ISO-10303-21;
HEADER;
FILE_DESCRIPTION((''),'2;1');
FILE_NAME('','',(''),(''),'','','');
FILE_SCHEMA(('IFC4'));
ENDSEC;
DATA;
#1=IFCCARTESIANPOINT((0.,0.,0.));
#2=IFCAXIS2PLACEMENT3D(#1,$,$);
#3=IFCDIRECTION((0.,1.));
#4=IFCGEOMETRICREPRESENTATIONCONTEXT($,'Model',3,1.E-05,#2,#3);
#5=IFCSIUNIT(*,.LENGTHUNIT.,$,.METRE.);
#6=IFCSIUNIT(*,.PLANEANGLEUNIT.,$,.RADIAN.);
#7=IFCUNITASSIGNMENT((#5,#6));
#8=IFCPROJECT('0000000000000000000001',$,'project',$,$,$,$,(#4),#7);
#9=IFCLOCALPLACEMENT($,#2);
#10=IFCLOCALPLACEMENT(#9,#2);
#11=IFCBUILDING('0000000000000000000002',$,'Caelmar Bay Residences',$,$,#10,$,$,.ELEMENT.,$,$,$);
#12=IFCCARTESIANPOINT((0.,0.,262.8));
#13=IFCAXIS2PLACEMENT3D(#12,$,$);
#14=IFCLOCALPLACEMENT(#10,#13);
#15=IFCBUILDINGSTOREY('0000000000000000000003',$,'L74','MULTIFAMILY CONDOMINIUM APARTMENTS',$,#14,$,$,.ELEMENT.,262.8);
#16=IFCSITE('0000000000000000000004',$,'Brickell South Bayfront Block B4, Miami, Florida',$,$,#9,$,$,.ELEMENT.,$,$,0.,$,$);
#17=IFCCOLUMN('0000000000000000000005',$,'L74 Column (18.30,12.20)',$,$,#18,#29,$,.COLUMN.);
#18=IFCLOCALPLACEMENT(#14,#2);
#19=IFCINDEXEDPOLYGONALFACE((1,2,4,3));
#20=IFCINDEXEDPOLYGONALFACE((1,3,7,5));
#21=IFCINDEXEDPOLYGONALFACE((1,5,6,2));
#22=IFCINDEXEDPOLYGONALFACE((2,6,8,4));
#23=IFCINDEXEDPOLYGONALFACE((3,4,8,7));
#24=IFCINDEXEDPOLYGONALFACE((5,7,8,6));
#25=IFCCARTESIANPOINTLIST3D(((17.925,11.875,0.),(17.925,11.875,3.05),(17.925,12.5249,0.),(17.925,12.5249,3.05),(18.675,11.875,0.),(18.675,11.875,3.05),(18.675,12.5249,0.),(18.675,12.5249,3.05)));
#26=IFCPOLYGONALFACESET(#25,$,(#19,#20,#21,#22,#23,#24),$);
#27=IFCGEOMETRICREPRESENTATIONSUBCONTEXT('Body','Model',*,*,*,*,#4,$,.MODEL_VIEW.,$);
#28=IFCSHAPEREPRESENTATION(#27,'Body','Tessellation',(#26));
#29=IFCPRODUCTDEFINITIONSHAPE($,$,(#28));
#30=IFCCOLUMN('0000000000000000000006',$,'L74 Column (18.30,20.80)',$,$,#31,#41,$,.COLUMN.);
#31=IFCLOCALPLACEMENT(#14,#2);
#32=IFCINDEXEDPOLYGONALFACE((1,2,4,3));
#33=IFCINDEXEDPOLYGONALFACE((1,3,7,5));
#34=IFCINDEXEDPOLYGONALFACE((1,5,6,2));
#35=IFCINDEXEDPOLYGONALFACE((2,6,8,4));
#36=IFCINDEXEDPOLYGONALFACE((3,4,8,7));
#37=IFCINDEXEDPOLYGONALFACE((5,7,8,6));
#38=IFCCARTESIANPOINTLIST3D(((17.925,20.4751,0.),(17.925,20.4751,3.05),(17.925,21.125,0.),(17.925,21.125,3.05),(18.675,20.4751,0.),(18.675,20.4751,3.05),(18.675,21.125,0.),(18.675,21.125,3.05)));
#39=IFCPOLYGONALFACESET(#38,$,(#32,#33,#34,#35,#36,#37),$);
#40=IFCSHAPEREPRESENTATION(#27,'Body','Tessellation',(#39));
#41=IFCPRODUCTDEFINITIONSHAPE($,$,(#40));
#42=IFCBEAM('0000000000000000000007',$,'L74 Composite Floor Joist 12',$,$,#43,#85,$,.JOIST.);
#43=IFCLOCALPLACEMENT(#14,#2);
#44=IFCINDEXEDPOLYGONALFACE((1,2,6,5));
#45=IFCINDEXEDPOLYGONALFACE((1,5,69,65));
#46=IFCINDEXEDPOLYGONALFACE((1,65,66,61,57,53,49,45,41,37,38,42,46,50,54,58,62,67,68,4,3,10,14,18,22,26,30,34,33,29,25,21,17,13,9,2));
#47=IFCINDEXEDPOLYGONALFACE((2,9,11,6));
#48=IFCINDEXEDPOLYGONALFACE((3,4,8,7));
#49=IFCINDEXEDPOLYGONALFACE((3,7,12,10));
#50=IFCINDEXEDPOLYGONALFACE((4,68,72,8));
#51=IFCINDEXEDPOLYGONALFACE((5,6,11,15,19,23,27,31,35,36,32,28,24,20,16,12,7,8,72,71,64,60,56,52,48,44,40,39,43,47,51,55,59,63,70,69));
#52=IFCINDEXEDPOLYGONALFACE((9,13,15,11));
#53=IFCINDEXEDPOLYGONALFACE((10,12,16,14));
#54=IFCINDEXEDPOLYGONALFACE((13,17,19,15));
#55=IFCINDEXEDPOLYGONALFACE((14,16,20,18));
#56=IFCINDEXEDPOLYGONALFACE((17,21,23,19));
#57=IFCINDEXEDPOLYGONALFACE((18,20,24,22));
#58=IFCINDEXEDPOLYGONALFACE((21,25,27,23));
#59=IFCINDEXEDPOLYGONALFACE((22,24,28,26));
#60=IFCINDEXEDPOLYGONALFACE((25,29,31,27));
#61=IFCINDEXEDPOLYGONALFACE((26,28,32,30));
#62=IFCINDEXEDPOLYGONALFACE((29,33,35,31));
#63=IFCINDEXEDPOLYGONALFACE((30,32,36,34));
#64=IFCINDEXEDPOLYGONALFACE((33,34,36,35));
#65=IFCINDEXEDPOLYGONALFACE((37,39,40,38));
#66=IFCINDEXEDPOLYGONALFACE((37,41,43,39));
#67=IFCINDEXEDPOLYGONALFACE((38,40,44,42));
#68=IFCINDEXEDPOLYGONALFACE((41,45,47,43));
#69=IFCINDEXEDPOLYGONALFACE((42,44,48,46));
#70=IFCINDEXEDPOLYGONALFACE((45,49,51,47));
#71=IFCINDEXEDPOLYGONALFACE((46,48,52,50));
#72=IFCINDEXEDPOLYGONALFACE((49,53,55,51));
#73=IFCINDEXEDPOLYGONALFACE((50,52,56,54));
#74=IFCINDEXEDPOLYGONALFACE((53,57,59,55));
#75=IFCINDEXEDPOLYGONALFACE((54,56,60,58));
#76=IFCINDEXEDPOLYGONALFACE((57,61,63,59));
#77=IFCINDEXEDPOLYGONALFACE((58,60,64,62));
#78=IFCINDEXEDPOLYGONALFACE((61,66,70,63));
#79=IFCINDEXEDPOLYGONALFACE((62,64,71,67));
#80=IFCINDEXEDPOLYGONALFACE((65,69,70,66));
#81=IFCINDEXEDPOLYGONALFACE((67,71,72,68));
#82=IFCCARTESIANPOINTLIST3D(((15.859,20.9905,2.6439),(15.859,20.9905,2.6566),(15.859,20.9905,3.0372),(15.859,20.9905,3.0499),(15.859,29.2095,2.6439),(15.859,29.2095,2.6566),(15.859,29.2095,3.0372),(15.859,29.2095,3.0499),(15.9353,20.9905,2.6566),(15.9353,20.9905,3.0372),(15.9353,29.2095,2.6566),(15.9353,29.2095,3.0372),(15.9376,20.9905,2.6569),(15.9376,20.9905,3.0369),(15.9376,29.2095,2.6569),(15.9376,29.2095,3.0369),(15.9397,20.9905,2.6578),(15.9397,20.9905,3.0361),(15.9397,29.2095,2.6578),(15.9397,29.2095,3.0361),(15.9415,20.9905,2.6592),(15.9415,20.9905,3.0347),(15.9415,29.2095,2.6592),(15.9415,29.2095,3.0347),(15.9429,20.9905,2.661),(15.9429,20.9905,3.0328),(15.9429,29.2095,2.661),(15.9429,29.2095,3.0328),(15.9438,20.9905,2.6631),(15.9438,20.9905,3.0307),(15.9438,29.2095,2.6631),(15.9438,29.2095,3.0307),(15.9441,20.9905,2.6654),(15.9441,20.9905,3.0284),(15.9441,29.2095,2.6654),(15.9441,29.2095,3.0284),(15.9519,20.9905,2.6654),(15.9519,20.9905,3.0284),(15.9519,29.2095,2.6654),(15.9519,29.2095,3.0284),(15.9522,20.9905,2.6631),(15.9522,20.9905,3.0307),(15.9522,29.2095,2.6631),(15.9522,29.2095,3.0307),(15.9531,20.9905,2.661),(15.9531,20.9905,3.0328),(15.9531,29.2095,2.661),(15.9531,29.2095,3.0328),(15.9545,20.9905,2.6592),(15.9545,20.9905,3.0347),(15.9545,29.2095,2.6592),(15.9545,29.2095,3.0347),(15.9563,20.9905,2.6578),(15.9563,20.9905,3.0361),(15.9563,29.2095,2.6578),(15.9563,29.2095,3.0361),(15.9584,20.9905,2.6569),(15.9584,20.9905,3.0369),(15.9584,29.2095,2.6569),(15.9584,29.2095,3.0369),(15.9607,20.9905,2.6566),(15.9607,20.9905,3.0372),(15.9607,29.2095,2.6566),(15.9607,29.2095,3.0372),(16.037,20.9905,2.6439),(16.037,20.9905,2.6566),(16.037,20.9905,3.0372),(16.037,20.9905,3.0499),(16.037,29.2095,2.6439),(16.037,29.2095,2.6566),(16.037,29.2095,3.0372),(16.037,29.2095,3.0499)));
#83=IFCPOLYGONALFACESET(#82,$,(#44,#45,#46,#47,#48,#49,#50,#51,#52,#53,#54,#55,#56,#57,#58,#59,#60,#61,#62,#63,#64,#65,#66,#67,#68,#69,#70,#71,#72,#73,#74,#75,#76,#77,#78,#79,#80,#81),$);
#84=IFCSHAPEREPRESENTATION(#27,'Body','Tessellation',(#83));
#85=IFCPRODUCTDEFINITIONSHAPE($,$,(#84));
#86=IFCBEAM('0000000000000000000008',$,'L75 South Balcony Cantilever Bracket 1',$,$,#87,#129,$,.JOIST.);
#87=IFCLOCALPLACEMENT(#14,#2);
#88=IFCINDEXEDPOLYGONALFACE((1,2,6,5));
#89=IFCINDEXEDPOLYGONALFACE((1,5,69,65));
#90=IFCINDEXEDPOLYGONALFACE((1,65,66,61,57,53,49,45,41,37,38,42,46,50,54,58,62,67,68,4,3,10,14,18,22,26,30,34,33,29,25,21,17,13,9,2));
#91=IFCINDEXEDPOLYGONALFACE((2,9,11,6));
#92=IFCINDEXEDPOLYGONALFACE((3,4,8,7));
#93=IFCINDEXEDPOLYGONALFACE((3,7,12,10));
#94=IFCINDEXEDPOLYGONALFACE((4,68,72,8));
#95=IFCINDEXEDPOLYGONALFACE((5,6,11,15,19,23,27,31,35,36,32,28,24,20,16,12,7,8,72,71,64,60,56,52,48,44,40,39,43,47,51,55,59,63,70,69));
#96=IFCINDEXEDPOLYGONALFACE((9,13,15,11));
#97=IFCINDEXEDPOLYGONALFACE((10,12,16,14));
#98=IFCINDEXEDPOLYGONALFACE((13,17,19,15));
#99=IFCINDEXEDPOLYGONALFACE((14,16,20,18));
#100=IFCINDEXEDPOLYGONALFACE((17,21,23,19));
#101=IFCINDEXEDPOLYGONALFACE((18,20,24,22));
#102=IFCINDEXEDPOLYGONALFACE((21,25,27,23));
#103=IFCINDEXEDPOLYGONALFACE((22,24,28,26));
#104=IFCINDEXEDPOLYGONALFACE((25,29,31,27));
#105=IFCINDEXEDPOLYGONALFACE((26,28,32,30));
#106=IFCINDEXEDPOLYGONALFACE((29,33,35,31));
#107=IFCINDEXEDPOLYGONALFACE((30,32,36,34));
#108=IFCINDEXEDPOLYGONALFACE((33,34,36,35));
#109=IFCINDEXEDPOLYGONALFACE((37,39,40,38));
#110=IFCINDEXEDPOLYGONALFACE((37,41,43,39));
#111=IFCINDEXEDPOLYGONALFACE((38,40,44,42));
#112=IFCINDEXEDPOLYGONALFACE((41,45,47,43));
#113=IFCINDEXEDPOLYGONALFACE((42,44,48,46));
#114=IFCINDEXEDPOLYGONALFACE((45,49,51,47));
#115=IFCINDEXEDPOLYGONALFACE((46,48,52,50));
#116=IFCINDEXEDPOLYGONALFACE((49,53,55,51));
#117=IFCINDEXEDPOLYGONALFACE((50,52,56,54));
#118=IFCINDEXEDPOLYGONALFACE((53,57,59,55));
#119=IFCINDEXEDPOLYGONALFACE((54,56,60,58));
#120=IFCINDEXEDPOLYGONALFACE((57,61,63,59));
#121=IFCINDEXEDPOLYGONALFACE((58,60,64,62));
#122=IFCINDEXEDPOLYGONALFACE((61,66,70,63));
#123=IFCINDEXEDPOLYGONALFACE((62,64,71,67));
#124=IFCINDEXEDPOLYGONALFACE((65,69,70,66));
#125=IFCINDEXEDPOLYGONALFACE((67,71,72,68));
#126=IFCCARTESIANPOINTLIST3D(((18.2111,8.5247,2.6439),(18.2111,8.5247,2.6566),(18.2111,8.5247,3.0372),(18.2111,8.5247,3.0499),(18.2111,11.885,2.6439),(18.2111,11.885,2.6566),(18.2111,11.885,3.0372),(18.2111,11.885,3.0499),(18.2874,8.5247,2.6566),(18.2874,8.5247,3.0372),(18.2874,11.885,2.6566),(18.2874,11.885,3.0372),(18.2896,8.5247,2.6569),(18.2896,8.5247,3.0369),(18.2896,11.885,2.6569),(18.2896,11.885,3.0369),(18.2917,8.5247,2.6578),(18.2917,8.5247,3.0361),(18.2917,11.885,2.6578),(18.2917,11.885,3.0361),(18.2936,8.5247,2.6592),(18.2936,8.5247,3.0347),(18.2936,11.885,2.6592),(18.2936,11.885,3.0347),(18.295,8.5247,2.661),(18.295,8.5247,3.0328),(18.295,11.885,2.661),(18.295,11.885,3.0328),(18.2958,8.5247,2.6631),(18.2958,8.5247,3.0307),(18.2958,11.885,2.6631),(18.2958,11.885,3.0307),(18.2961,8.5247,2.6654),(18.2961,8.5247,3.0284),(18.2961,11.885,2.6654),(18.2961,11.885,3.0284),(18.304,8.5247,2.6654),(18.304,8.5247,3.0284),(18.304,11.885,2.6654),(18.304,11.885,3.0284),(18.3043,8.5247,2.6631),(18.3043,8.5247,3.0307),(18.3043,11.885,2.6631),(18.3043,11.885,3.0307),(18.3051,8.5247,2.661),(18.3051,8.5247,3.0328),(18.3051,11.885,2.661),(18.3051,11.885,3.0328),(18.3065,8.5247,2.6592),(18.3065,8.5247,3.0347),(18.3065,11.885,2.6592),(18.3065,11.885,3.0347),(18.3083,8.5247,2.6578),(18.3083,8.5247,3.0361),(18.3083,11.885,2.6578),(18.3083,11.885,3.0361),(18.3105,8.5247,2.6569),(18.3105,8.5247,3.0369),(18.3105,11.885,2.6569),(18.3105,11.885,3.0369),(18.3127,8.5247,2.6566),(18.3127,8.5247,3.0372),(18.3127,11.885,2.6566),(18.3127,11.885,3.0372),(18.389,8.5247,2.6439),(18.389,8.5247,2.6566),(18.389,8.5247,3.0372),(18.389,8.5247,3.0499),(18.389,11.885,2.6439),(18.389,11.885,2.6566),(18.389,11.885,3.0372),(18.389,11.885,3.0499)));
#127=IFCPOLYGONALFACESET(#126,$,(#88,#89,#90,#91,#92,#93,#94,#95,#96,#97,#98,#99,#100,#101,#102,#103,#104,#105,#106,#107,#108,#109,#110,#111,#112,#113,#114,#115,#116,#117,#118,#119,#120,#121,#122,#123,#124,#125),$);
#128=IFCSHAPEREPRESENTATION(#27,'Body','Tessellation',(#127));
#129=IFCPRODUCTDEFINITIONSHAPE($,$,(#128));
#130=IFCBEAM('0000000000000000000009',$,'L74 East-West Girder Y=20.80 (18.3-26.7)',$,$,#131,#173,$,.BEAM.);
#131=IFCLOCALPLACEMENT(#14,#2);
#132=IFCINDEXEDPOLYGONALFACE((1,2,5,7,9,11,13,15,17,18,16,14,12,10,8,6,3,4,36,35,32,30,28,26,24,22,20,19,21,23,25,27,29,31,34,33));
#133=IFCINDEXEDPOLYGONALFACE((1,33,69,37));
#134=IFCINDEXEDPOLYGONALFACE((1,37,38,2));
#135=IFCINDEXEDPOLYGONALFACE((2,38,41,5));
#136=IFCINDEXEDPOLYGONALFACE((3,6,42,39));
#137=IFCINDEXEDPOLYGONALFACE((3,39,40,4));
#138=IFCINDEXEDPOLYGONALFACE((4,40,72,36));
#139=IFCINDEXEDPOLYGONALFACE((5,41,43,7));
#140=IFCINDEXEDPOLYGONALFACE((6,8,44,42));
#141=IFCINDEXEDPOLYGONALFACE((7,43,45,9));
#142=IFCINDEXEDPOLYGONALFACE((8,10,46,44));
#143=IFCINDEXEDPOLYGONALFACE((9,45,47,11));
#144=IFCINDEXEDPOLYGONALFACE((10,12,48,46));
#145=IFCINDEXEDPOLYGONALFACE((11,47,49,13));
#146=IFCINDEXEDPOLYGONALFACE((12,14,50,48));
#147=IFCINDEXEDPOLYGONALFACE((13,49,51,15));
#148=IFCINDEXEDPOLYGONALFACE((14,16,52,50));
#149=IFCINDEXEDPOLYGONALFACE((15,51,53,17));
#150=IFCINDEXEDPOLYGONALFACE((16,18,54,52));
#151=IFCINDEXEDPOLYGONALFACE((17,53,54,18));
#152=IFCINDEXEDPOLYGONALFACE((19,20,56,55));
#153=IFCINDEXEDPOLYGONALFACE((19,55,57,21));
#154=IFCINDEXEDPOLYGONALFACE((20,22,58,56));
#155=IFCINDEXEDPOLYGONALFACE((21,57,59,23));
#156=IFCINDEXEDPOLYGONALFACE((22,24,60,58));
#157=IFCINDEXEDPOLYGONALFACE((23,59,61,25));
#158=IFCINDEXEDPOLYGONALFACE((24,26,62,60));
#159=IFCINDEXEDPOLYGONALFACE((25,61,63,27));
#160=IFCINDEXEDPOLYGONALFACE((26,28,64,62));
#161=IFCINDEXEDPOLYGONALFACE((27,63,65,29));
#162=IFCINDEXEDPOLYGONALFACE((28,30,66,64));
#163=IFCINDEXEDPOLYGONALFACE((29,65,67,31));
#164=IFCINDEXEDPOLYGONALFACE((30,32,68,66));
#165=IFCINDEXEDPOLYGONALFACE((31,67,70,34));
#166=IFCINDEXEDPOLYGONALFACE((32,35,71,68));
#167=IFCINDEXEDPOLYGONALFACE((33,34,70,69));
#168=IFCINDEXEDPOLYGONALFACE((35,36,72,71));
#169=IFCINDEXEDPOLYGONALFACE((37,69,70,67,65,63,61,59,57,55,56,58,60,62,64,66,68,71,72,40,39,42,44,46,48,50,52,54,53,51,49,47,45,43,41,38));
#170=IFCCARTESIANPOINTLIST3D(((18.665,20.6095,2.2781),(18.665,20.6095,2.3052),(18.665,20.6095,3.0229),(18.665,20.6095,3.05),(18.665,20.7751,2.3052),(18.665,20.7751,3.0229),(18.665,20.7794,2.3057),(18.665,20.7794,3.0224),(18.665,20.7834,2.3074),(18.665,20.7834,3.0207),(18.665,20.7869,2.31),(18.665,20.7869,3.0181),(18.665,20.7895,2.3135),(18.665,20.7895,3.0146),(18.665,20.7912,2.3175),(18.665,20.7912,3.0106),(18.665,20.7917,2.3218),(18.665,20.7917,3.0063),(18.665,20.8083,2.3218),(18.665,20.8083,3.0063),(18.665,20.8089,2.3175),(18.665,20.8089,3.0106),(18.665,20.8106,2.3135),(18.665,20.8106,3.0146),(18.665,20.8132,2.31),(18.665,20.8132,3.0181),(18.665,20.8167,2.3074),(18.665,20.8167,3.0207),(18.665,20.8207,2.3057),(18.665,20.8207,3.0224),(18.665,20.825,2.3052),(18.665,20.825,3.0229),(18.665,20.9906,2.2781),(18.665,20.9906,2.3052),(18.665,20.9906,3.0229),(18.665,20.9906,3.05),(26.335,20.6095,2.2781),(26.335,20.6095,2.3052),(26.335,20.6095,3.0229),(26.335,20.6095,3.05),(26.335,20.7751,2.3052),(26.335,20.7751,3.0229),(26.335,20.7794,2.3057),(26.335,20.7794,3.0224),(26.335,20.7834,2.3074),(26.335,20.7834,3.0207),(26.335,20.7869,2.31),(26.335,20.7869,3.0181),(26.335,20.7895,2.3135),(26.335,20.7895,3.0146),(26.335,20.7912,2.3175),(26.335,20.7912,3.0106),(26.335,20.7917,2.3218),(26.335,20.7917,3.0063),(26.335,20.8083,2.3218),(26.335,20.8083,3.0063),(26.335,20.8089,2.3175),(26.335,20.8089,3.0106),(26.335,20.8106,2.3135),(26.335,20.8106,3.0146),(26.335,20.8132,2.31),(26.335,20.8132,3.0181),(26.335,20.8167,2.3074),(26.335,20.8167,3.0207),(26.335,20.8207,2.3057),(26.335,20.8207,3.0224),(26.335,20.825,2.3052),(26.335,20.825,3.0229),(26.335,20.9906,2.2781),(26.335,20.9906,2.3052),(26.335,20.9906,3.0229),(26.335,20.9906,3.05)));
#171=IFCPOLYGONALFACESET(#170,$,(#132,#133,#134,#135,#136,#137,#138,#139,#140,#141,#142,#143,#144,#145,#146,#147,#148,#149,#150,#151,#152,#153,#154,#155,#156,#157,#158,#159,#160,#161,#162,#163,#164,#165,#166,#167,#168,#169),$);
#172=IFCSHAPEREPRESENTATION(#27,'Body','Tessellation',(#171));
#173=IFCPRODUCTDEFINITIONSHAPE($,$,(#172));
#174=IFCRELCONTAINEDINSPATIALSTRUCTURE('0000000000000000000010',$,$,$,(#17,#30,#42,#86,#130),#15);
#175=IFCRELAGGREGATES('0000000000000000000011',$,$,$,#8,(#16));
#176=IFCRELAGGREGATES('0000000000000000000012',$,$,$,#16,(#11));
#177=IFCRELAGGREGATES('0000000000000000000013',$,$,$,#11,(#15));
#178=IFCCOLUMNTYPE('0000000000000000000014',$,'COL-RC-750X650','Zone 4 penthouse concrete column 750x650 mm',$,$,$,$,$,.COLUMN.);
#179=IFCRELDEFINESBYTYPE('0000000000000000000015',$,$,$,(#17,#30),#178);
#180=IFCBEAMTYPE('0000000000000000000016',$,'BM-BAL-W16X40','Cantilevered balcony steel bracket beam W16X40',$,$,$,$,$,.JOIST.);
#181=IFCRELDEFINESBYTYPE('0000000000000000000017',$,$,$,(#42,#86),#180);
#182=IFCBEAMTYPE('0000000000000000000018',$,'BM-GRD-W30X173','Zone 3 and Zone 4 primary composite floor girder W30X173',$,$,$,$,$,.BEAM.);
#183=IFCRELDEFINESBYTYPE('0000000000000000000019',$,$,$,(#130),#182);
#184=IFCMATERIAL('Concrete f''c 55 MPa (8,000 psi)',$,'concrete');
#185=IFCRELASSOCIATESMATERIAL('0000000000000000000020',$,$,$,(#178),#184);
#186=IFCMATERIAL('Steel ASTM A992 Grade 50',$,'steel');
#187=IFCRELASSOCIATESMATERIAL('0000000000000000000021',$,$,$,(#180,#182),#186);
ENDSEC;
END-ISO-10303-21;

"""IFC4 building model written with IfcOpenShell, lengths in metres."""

from ifc_helpers import new_model, si_unit, direction, frame, origin, origin_2d, place, context, subcontext, project, spatial, rectangle, i_section, extrude, material, material_profile, profile_set, type_object, element, save


model = new_model("IFC4")

# Units and contexts
model_context = context("Model", 3, precision=1e-05, world=origin(), true_north=direction((0.0, 1.0)))
body_context = subcontext(model_context, "Body", "Model", "MODEL_VIEW")
ifc_project = project(units=[si_unit("LENGTHUNIT", "METRE"), si_unit("PLANEANGLEUNIT", "RADIAN")], contexts=[model_context])

# Site, building, storey
site_placement = place(None, origin())
site = spatial("IfcSite", under=ifc_project, at=site_placement, Name="Brickell South Bayfront Block B4, Miami, Florida", CompositionType="ELEMENT", RefElevation=0.0)
building_placement = place(site_placement, origin())
building = spatial("IfcBuilding", under=site, at=building_placement, Name="Caelmar Bay Residences", CompositionType="ELEMENT")
storey_placement = place(building_placement, frame((0.0, 0.0, 262.8)))
storey = spatial("IfcBuildingStorey", under=building, at=storey_placement, Name="L74", Description="MULTIFAMILY CONDOMINIUM APARTMENTS", CompositionType="ELEMENT", Elevation=262.8)

# Columns
ifc_material_1 = material(Name="Concrete f'c 55 MPa (8,000 psi)", Category="concrete")
ifc_material_profile_1 = material_profile(ifc_material_1, rectangle(XDim=0.75, YDim=0.6499, at=origin_2d()), Name="RC-COL-750X650")
ifc_profile_set_1 = profile_set([ifc_material_profile_1], Name="Concrete f'c 55 MPa (8,000 psi)")
column_type = type_object("IfcColumnType", Name="COL-RC-750X650", Description="Zone 4 penthouse concrete column 750x650 mm", PredefinedType="COLUMN", material=ifc_profile_set_1)
for number, where, z_axis, x_axis, name in (
    (1, (18.3, 12.2, 0.0), (0.0, 0.0, 1.0), (1.0, 0.0, 0.0), "L74 Column (18.30,12.20)"),
    (2, (18.3, 20.8, 0.0), (0.0, 0.0, 1.0), (1.0, 0.0, 0.0), "L74 Column (18.30,20.80)"),
):
    element("IfcColumn", number, at=place(storey_placement, frame(where, z_axis=z_axis, x_axis=x_axis)), inside=storey, type_object=column_type, Name=name, PredefinedType="COLUMN", context=body_context, shape_type="SweptSolid", body=[
        extrude(rectangle(XDim=0.75, YDim=0.6499, at=origin_2d()), origin(), (0.0, 0.0, 1.0), 3.05),
    ])

# Beams
ifc_material_2 = material(Name="Steel ASTM A992 Grade 50", Category="steel")
ifc_material_profile_2 = material_profile(ifc_material_2, i_section(OverallWidth=0.178, OverallDepth=0.406, WebThickness=0.0078, FlangeThickness=0.0127, FilletRadius=0.0088, at=origin_2d()), Name="W16X40")
ifc_profile_set_2 = profile_set([ifc_material_profile_2], Name="Steel ASTM A992 Grade 50")
beam_type_1 = type_object("IfcBeamType", Name="BM-BAL-W16X40", Description="Cantilevered balcony steel bracket beam W16X40", PredefinedType="JOIST", material=ifc_profile_set_2)
beam_1_placement = place(storey_placement, frame((15.948, 20.9905, 2.8469), z_axis=(0.0, 1.0, 0.0), x_axis=(-1.0, 0.0, 0.0)))
element("IfcBeam", 3, at=beam_1_placement, inside=storey, type_object=beam_type_1, Name="L74 Composite Floor Joist 12", PredefinedType="JOIST", context=body_context, shape_type="SweptSolid", body=[
    extrude(i_section(OverallWidth=0.178, OverallDepth=0.406, WebThickness=0.0078, FlangeThickness=0.0127, FilletRadius=0.0088, at=origin_2d()), origin(), (0.0, 0.0, 1.0), 8.219),
])
beam_2_placement = place(storey_placement, frame((18.3, 11.885, 2.8469), z_axis=(0.0, -1.0, 0.0), x_axis=(1.0, 0.0, 0.0)))
element("IfcBeam", 4, at=beam_2_placement, inside=storey, type_object=beam_type_1, Name="L75 South Balcony Cantilever Bracket 1", PredefinedType="JOIST", context=body_context, shape_type="SweptSolid", body=[
    extrude(i_section(OverallWidth=0.178, OverallDepth=0.406, WebThickness=0.0078, FlangeThickness=0.0127, FilletRadius=0.0088, at=origin_2d()), origin(), (0.0, 0.0, 1.0), 3.3604),
])
ifc_material_profile_3 = material_profile(ifc_material_2, i_section(OverallWidth=0.3811, OverallDepth=0.772, WebThickness=0.0166, FlangeThickness=0.0271, FilletRadius=0.0166, at=origin_2d()), Name="W30X173")
ifc_profile_set_3 = profile_set([ifc_material_profile_3], Name="Steel ASTM A992 Grade 50")
beam_type_2 = type_object("IfcBeamType", Name="BM-GRD-W30X173", Description="Zone 3 and Zone 4 primary composite floor girder W30X173", PredefinedType="BEAM", material=ifc_profile_set_3)
beam_3_placement = place(storey_placement, frame((18.665, 20.8, 2.6641), z_axis=(1.0, 0.0, 0.0), x_axis=(0.0, 1.0, 0.0)))
element("IfcBeam", 5, at=beam_3_placement, inside=storey, type_object=beam_type_2, Name="L74 East-West Girder Y=20.80 (18.3-26.7)", PredefinedType="BEAM", context=body_context, shape_type="SweptSolid", body=[
    extrude(i_section(OverallWidth=0.3811, OverallDepth=0.772, WebThickness=0.0166, FlangeThickness=0.0271, FilletRadius=0.0166, at=origin_2d()), origin(), (0.0, 0.0, 1.0), 7.6699),
])

save(model, "model.ifc")
